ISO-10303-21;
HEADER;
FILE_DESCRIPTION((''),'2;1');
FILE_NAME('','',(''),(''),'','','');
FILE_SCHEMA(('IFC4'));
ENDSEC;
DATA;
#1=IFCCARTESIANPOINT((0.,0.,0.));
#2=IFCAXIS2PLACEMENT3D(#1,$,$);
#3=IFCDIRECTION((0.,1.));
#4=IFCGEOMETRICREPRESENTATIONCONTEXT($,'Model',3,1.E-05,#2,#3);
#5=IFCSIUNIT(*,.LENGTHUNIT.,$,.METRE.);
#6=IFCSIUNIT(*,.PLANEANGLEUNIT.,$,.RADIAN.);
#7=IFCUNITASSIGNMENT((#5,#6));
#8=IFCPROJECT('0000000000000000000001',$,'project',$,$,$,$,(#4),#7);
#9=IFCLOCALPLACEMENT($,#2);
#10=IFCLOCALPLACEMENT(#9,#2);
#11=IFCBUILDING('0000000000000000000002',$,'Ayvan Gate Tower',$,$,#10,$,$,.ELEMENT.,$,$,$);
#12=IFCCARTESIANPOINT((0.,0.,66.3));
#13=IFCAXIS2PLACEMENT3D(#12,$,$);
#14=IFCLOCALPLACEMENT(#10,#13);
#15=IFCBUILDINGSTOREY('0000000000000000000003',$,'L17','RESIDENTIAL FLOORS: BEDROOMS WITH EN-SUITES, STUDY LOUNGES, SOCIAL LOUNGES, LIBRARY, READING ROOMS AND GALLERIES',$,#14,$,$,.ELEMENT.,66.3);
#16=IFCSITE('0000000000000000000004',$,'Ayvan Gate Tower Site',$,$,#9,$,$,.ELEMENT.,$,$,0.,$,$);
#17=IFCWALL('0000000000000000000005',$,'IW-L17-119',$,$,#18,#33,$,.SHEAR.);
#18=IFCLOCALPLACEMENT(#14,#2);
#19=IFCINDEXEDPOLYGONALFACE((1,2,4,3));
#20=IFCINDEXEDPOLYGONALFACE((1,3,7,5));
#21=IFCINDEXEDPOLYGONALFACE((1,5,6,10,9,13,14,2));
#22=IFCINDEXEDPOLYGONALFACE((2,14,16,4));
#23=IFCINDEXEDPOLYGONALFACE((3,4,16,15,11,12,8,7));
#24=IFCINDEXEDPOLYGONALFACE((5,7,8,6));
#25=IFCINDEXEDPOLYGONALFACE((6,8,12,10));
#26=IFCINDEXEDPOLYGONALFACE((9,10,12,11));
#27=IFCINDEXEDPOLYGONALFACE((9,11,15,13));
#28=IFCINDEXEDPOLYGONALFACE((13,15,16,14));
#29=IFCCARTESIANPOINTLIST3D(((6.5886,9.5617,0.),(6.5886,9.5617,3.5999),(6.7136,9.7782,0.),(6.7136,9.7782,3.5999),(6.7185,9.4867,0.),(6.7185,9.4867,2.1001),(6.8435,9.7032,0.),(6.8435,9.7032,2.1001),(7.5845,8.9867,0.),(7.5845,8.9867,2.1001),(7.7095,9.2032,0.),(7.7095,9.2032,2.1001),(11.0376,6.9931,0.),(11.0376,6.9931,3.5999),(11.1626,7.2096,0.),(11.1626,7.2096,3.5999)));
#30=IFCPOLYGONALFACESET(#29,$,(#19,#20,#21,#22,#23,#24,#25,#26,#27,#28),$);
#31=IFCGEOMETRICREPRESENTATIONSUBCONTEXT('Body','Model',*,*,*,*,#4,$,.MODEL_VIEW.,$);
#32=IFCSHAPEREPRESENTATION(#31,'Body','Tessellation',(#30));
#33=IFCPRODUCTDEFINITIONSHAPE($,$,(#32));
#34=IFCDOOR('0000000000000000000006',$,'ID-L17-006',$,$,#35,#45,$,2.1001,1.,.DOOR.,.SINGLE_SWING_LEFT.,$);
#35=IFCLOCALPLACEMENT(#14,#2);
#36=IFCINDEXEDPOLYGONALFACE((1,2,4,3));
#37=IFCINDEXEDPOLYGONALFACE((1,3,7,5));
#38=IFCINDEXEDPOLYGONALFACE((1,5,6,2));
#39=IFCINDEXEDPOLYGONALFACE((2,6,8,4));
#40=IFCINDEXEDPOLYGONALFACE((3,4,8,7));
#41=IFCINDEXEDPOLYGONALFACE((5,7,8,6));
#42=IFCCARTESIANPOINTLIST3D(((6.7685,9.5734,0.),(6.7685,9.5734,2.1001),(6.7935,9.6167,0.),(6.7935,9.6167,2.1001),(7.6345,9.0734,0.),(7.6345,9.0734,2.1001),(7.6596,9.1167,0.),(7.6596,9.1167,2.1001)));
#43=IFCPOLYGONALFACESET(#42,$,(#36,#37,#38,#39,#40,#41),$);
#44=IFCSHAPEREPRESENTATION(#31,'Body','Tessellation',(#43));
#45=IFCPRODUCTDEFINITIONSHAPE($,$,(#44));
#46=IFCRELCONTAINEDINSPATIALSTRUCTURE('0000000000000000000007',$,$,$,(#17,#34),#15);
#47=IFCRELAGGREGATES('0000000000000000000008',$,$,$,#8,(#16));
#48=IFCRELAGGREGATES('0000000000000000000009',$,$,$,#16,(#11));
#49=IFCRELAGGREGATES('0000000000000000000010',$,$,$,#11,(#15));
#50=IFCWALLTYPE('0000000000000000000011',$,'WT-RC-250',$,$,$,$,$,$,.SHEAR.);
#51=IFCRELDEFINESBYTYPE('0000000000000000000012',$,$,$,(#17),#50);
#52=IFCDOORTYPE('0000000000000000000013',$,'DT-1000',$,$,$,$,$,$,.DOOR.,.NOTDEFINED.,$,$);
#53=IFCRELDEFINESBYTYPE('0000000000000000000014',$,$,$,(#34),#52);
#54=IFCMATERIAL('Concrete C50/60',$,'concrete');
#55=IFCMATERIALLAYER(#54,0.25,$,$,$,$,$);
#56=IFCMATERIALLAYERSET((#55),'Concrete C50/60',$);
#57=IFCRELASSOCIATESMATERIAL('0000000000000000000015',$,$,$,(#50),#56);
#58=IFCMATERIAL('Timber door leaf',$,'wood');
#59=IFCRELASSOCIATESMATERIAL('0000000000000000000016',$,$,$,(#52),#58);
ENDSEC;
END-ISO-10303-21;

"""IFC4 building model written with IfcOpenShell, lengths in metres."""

from ifc_helpers import new_model, si_unit, direction, frame, frame_2d, origin, place, context, subcontext, project, spatial, rectangle, extrude, material, layer, layer_set, type_object, element, fill, save


model = new_model("IFC4")

# Units and contexts
model_context = context("Model", 3, precision=1e-05, world=origin(), true_north=direction((0.0, 1.0)))
body_context = subcontext(model_context, "Body", "Model", "MODEL_VIEW")
ifc_project = project(units=[si_unit("LENGTHUNIT", "METRE"), si_unit("PLANEANGLEUNIT", "RADIAN")], contexts=[model_context])

# Site, building, storey
site_placement = place(None, origin())
site = spatial("IfcSite", under=ifc_project, at=site_placement, Name="Ayvan Gate Tower Site", CompositionType="ELEMENT", RefElevation=0.0)
building_placement = place(site_placement, origin())
building = spatial("IfcBuilding", under=site, at=building_placement, Name="Ayvan Gate Tower", CompositionType="ELEMENT")
storey_placement = place(building_placement, frame((0.0, 0.0, 66.3)))
storey = spatial("IfcBuildingStorey", under=building, at=storey_placement, Name="L17", Description="RESIDENTIAL FLOORS: BEDROOMS WITH EN-SUITES, STUDY LOUNGES, SOCIAL LOUNGES, LIBRARY, READING ROOMS AND GALLERIES", CompositionType="ELEMENT", Elevation=66.3)

# Shared definitions
ifc_material_1 = material(Name="Timber door leaf", Category="wood")

# Shared definitions
ifc_material_2 = material(Name="Concrete C50/60", Category="concrete")
ifc_layer_1 = layer(ifc_material_2, 0.25)
ifc_layer_set_1 = layer_set([ifc_layer_1], Name="Concrete C50/60")
wall_type_1 = type_object("IfcWallType", Name="WT-RC-250", PredefinedType="SHEAR", material=ifc_layer_set_1)

# Wall, opening, door
wall_1_placement = place(storey_placement, frame((11.1001, 7.1013, 0.0), z_axis=(0.0, 0.0, 1.0), x_axis=(-0.866027, 0.499998, 0.0)))
wall_1 = element("IfcWall", 1, at=wall_1_placement, inside=storey, type_object=wall_type_1, Name="IW-L17-119", PredefinedType="SHEAR", context=body_context, shape_type="SweptSolid", body=[
    extrude(rectangle(XDim=5.1372, YDim=0.25, at=frame_2d((2.5686, 0.0))), origin(), (0.0, 0.0, 1.0), 3.5999),
])
opening_1_placement = place(wall_1_placement, frame((3.9873, 0.0, 0.0)))
opening_1 = element("IfcOpeningElement", 2, at=opening_1_placement, cuts=wall_1, PredefinedType="OPENING", context=body_context, shape_type="SweptSolid", body=[
    extrude(rectangle(XDim=1.0, YDim=2.1001, at=frame_2d((0.5, 1.05))), frame((0.0, 0.135, 0.0), z_axis=(0.0, -1.0, 0.0), x_axis=(1.0, 0.0, 0.0)), (0.0, 0.0, 1.0), 0.27),
])
door_type_1 = type_object("IfcDoorType", Name="DT-1000", OperationType="NOTDEFINED", PredefinedType="DOOR", material=ifc_material_1)
door_1_placement = place(opening_1_placement, origin())
door_1 = element("IfcDoor", 3, at=door_1_placement, inside=storey, type_object=door_type_1, Name="ID-L17-006", OperationType="SINGLE_SWING_LEFT", OverallHeight=2.1001, OverallWidth=1.0, PredefinedType="DOOR", context=body_context, shape_type="SweptSolid", body=[
    extrude(rectangle(XDim=1.0, YDim=2.1001, at=frame_2d((0.5, 1.05))), frame((0.0, 0.0249, 0.0), z_axis=(0.0, -1.0, 0.0), x_axis=(1.0, 0.0, 0.0)), (0.0, 0.0, 1.0), 0.05),
])
fill(opening_1, door_1)

save(model, "model.ifc")
